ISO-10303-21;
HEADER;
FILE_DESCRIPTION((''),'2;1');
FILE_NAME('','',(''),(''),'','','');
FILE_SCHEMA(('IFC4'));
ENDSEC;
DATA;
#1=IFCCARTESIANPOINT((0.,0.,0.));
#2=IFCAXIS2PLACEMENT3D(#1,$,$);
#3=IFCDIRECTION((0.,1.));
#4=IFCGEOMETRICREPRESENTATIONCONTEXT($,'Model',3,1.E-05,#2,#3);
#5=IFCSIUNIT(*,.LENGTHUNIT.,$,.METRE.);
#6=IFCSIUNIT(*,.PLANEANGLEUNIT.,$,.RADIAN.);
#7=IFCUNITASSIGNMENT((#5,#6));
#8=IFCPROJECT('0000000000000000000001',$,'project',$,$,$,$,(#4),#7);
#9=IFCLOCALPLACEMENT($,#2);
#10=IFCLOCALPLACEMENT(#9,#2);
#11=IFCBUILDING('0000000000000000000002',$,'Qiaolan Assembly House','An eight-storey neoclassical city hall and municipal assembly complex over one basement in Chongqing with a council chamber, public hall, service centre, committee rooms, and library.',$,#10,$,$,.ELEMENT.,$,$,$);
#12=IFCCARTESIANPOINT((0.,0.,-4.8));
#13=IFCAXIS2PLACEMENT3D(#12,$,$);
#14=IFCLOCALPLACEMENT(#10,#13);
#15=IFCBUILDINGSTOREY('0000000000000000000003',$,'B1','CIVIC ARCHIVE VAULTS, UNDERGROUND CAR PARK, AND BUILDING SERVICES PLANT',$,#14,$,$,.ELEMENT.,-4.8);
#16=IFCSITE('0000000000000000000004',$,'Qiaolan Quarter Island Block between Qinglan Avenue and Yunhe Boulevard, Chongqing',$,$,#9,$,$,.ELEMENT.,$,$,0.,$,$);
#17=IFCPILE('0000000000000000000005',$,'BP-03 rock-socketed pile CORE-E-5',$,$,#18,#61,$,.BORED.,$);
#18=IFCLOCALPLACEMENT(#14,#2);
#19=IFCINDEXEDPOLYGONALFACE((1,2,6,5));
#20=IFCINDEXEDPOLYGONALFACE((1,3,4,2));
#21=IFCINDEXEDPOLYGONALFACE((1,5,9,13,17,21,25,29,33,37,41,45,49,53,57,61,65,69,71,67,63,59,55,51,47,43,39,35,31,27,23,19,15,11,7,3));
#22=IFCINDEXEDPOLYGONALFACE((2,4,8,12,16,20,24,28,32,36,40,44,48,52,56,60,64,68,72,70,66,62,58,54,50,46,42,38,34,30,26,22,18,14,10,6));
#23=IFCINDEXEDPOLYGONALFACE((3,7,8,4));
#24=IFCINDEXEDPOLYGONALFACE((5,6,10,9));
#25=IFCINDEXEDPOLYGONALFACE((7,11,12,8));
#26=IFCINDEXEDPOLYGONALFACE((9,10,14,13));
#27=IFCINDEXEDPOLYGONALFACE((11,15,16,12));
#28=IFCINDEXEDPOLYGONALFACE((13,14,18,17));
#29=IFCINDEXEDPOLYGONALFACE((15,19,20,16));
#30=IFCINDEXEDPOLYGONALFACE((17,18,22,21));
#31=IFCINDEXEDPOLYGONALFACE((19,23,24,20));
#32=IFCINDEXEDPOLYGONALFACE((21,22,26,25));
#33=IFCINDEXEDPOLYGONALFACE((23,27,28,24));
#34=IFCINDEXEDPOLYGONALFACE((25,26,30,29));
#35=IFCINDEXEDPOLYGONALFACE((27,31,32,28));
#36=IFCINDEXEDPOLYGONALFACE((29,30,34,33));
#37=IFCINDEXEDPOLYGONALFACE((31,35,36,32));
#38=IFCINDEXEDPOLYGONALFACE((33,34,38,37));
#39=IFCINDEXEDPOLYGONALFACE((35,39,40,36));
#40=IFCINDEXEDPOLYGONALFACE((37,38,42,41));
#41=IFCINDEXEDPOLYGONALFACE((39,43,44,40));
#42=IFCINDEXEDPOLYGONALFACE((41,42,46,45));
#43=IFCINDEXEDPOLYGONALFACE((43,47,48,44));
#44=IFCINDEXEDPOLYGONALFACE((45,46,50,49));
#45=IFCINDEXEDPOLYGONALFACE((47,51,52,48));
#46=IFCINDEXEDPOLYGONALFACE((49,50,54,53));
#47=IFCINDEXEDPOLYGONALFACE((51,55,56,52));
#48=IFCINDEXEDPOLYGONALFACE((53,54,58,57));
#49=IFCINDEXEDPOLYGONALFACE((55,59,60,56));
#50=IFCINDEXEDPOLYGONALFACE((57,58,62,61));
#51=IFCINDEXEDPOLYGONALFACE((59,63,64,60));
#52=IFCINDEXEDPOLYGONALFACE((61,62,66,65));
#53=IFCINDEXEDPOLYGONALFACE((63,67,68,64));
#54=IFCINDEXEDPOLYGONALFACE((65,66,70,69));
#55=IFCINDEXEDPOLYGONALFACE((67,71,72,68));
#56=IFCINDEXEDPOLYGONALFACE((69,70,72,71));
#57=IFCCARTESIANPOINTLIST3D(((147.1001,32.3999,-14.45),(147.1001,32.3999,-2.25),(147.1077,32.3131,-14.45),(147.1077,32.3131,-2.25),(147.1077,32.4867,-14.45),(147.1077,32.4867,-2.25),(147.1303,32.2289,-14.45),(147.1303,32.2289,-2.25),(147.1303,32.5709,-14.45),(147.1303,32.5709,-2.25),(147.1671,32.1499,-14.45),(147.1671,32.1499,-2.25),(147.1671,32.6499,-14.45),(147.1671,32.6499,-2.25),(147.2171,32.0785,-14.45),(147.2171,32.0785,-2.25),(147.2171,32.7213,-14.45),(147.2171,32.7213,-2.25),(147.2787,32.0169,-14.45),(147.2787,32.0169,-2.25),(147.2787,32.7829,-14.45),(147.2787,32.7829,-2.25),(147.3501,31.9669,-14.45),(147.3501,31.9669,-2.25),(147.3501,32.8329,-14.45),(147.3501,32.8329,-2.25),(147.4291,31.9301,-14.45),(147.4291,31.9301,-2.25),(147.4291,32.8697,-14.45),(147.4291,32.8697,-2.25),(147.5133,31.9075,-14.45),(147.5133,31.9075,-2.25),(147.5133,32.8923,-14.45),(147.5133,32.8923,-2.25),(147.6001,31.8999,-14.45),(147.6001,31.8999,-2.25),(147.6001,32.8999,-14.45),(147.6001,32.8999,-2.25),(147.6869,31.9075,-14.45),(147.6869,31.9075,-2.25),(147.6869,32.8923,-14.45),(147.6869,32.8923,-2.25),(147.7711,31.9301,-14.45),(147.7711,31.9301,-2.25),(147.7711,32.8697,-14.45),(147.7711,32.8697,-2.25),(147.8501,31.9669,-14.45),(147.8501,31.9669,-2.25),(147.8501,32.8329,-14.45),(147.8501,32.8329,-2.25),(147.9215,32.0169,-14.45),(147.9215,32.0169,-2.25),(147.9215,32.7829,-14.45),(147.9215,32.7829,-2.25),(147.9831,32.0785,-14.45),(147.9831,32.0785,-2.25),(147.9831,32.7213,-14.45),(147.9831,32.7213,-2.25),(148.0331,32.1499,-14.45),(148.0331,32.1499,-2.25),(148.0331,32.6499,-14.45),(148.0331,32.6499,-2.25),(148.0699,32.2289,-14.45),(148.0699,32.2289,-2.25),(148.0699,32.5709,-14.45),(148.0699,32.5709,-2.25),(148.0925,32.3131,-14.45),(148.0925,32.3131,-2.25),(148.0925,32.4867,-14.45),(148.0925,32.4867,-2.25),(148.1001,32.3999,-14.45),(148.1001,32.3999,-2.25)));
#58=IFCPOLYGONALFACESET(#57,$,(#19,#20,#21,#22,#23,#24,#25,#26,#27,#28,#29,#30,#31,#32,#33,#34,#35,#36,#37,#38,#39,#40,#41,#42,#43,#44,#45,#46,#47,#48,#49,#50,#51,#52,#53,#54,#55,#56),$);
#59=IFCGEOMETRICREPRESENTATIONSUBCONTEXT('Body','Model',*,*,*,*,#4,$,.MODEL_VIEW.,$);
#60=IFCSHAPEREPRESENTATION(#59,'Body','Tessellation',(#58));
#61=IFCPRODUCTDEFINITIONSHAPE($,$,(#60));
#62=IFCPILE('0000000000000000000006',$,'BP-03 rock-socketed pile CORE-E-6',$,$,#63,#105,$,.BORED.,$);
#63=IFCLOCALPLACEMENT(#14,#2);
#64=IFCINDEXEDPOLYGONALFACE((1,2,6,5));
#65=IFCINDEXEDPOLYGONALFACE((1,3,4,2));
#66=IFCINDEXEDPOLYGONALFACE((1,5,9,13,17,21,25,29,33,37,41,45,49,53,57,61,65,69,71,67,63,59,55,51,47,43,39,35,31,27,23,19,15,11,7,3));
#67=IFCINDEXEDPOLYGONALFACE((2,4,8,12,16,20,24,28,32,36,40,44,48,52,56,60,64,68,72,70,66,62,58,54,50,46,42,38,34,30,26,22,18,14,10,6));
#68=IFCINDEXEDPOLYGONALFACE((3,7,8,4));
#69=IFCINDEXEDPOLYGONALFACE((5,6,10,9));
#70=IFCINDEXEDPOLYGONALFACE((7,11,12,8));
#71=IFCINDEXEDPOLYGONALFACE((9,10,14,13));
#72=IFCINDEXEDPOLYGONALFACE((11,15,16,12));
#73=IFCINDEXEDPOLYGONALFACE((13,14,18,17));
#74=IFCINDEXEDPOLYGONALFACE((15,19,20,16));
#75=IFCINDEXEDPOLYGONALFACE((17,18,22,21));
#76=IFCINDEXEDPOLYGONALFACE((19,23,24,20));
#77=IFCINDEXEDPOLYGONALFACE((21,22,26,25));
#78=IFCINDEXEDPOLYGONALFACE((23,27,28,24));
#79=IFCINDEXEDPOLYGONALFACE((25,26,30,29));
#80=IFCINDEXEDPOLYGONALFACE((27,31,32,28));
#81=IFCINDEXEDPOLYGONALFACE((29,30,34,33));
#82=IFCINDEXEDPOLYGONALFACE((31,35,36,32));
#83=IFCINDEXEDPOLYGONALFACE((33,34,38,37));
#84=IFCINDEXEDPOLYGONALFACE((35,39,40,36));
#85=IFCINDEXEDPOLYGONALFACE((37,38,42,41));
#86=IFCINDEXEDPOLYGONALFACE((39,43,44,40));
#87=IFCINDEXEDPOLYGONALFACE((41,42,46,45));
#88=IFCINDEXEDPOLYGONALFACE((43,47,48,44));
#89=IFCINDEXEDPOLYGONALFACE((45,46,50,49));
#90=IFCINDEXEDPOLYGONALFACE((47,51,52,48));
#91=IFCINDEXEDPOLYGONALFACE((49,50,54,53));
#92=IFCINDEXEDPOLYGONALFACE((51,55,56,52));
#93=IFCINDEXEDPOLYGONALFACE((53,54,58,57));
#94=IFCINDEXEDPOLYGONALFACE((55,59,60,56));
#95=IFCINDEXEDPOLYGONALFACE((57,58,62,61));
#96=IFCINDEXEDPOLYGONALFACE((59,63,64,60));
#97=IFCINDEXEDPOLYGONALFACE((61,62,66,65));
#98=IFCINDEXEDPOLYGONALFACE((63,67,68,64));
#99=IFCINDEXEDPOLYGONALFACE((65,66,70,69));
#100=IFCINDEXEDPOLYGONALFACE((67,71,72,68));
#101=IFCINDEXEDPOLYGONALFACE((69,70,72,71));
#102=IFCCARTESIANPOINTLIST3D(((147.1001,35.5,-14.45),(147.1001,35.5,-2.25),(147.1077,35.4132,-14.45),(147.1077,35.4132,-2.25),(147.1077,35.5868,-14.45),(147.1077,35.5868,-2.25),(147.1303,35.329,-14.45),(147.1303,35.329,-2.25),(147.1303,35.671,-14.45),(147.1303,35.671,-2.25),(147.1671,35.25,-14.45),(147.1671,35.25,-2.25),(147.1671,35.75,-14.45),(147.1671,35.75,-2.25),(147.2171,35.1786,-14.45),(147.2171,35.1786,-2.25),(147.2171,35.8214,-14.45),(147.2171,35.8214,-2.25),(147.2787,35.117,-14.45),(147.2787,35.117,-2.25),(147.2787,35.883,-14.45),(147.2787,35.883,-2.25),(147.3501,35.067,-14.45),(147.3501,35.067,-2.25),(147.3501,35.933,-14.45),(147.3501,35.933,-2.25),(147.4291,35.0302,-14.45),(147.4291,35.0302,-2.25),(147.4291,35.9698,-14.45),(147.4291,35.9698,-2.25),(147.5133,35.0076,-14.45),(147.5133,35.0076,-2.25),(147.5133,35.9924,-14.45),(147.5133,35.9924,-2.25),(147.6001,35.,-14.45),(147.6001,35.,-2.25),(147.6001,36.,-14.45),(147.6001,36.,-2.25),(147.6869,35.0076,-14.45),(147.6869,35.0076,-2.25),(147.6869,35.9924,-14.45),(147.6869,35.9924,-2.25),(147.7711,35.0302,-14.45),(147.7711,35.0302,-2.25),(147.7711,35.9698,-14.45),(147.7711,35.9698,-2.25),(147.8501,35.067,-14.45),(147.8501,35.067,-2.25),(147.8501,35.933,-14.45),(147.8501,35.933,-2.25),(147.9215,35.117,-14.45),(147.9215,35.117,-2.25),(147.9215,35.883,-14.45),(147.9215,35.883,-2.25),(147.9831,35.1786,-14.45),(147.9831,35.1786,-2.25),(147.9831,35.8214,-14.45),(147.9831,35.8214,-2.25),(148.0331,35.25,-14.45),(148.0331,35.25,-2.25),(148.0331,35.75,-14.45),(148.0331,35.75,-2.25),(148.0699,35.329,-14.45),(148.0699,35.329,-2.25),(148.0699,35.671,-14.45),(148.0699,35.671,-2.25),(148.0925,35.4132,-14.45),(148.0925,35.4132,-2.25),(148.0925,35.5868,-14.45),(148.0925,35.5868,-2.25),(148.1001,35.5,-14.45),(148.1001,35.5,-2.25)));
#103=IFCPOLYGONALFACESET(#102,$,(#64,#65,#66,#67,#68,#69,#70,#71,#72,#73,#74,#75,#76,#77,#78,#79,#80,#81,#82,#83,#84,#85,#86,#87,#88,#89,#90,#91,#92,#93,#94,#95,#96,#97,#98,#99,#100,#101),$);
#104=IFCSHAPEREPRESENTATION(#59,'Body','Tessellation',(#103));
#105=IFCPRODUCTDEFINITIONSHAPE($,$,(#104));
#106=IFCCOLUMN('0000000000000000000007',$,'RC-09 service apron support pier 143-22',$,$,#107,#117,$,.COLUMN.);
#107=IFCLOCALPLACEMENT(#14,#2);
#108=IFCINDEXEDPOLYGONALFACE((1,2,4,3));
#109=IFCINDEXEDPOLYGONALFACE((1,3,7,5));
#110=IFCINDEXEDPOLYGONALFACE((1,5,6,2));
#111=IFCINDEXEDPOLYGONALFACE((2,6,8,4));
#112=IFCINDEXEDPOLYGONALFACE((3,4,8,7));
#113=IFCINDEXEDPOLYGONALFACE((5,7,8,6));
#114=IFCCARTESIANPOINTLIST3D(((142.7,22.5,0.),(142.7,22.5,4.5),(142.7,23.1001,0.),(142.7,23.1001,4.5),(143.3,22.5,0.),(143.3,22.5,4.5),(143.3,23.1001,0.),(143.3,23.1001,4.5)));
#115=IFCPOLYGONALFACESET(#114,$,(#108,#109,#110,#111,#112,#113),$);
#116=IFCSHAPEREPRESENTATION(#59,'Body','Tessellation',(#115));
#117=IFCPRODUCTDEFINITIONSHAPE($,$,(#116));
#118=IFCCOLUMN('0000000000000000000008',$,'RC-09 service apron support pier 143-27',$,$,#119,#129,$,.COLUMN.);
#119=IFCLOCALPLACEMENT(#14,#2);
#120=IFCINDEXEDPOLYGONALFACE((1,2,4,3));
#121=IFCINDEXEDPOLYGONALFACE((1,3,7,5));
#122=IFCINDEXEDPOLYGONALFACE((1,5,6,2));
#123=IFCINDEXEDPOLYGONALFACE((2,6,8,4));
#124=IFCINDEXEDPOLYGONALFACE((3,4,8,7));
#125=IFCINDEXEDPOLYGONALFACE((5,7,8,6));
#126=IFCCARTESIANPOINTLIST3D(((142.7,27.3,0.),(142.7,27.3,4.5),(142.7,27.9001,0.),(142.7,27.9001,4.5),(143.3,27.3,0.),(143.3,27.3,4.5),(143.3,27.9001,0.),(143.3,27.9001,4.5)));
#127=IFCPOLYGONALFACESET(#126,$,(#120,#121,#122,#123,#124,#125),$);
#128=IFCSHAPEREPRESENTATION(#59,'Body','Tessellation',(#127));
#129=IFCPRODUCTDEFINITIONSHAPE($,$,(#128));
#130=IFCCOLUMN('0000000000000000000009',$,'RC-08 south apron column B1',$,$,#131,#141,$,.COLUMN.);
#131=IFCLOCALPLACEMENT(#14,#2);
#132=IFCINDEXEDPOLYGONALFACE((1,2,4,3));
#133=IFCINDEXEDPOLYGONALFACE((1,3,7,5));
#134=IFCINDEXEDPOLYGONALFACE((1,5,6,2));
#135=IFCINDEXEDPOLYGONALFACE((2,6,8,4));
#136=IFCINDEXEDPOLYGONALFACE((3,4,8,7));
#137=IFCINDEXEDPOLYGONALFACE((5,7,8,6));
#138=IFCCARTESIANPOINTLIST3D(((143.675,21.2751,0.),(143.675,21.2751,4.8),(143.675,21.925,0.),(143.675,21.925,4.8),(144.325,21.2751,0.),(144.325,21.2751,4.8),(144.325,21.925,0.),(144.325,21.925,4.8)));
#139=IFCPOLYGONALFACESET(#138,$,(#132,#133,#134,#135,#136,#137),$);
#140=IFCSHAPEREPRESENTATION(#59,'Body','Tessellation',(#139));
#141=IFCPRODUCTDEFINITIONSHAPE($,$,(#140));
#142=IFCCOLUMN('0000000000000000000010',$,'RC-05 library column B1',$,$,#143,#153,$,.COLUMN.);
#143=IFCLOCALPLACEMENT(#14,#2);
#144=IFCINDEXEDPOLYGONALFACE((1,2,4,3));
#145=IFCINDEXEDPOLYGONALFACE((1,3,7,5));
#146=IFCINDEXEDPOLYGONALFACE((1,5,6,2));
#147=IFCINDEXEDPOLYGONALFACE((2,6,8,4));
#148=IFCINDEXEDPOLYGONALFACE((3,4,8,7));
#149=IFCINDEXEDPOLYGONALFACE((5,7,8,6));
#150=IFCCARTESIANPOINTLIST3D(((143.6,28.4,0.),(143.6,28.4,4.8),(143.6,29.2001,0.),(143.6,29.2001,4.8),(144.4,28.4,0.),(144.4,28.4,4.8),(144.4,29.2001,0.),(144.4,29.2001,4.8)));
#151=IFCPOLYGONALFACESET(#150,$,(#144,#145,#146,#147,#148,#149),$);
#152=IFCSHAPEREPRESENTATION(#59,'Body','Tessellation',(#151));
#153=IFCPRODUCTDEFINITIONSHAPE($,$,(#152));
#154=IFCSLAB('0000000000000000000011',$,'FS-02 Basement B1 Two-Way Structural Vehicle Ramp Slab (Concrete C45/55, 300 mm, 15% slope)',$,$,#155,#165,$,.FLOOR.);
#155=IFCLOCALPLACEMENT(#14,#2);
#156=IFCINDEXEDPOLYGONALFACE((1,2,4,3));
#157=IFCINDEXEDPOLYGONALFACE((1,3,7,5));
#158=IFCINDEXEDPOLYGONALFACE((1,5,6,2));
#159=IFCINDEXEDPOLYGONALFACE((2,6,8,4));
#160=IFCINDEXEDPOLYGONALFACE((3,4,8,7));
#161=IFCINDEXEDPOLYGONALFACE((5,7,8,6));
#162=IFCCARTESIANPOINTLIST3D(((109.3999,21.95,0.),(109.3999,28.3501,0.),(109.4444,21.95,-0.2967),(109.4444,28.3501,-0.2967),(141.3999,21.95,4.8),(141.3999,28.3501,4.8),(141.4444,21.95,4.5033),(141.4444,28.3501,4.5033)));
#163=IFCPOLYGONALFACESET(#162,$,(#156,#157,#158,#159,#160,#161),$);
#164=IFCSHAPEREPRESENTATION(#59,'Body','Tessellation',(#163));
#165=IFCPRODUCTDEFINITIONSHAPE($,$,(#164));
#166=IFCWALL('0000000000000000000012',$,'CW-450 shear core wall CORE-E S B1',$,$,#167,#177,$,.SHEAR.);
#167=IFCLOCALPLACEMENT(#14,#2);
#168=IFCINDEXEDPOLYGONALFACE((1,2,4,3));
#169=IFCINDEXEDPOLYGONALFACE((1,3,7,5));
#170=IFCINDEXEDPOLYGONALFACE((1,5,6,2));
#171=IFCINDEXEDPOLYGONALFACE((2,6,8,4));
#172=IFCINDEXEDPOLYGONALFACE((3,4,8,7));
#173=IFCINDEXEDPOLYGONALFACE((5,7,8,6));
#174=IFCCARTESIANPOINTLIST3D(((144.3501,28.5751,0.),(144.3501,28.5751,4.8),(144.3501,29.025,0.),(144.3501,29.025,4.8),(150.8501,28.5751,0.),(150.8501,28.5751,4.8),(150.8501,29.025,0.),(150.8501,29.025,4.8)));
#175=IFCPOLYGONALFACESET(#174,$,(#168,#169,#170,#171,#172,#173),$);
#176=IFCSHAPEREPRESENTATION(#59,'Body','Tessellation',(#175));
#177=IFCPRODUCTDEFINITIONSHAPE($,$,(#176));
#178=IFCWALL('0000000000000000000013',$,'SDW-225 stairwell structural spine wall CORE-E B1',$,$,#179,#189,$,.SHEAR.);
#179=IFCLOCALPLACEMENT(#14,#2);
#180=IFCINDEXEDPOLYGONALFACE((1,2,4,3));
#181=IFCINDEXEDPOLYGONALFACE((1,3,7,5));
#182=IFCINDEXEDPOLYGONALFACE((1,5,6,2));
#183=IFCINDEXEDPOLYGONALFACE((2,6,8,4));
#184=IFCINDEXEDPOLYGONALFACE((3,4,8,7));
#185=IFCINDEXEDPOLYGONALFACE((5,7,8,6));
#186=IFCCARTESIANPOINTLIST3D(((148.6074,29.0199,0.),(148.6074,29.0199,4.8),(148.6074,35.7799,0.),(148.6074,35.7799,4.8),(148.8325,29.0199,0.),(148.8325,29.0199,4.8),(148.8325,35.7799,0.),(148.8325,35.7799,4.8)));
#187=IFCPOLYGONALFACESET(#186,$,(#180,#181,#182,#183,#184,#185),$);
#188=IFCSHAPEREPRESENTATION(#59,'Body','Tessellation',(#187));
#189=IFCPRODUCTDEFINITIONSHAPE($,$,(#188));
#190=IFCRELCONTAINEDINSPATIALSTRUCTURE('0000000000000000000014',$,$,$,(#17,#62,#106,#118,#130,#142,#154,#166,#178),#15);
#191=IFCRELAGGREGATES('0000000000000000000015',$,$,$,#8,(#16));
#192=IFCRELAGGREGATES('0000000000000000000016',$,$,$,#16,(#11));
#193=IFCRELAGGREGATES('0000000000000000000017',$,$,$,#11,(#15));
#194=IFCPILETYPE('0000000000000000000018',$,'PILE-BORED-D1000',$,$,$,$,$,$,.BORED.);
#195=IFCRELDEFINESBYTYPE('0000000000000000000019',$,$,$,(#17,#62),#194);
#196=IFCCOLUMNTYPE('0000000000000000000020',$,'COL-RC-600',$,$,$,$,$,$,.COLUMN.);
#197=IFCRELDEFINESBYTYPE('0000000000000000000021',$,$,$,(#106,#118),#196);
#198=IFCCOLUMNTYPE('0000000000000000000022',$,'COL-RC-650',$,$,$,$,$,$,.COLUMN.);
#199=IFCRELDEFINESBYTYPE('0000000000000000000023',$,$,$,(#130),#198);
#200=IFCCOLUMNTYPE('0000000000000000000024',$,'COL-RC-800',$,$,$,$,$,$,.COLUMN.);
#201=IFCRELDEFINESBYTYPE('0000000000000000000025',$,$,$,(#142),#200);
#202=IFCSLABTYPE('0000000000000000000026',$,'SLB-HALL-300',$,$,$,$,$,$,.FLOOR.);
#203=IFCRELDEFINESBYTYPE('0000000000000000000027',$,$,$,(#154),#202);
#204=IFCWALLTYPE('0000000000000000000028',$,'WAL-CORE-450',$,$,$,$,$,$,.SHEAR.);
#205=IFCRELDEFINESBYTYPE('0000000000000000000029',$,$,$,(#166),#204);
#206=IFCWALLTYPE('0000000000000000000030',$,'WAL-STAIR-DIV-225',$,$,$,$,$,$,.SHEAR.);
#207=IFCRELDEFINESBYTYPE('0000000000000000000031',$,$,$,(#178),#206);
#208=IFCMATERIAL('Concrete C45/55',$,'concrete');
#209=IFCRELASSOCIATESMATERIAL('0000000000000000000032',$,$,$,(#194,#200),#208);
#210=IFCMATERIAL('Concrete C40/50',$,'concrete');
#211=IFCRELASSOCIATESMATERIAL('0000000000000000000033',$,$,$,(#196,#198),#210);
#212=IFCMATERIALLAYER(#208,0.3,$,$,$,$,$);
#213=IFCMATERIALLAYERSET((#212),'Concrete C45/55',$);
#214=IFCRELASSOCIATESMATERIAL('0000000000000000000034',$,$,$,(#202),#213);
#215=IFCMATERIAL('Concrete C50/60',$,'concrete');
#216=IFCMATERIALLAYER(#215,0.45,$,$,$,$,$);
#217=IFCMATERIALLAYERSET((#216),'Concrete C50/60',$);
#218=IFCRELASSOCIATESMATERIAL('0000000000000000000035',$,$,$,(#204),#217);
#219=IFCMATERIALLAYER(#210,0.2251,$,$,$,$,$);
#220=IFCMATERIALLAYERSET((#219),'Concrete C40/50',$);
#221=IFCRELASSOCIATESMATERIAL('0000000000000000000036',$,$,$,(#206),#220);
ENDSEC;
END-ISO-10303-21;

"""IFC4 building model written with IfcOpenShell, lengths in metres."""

from ifc_helpers import new_model, si_unit, direction, frame, frame_2d, origin, origin_2d, place, context, subcontext, project, spatial, polyline, rectangle, circle, outline, extrude, material, layer, layer_set, material_profile, profile_set, type_object, element, save


model = new_model("IFC4")

# Units and contexts
model_context = context("Model", 3, precision=1e-05, world=origin(), true_north=direction((0.0, 1.0)))
body_context = subcontext(model_context, "Body", "Model", "MODEL_VIEW")
ifc_project = project(units=[si_unit("LENGTHUNIT", "METRE"), si_unit("PLANEANGLEUNIT", "RADIAN")], contexts=[model_context])

# Site, building, storey
site_placement = place(None, origin())
site = spatial("IfcSite", under=ifc_project, at=site_placement, Name="Qiaolan Quarter Island Block between Qinglan Avenue and Yunhe Boulevard, Chongqing", CompositionType="ELEMENT", RefElevation=0.0)
building_placement = place(site_placement, origin())
building = spatial("IfcBuilding", under=site, at=building_placement, Name="Qiaolan Assembly House", Description="An eight-storey neoclassical city hall and municipal assembly complex over one basement in Chongqing with a council chamber, public hall, service centre, committee rooms, and library.", CompositionType="ELEMENT")
storey_placement = place(building_placement, frame((0.0, 0.0, -4.8)))
storey = spatial("IfcBuildingStorey", under=building, at=storey_placement, Name="B1", Description="CIVIC ARCHIVE VAULTS, UNDERGROUND CAR PARK, AND BUILDING SERVICES PLANT", CompositionType="ELEMENT", Elevation=-4.8)

# Shared definitions
ifc_material_1 = material(Name="Concrete C40/50", Category="concrete")

# Piles
ifc_material_2 = material(Name="Concrete C45/55", Category="concrete")
ifc_material_profile_1 = material_profile(ifc_material_2, circle(Radius=0.5, at=origin_2d()), Name="PILE D1000")
ifc_profile_set_1 = profile_set([ifc_material_profile_1], Name="Concrete C45/55")
pile_type = type_object("IfcPileType", Name="PILE-BORED-D1000", PredefinedType="BORED", material=ifc_profile_set_1)
for number, where, z_axis, x_axis, name in (
    (1, (147.6001, 32.3999, -2.25), (0.0, 0.0, -1.0), (1.0, 0.0, 0.0), "BP-03 rock-socketed pile CORE-E-5"),
    (2, (147.6001, 35.5, -2.25), (0.0, 0.0, -1.0), (1.0, 0.0, 0.0), "BP-03 rock-socketed pile CORE-E-6"),
):
    element("IfcPile", number, at=place(storey_placement, frame(where, z_axis=z_axis, x_axis=x_axis)), inside=storey, type_object=pile_type, Name=name, PredefinedType="BORED", context=body_context, shape_type="SweptSolid", body=[
        extrude(circle(Radius=0.5, at=origin_2d()), origin(), (0.0, 0.0, 1.0), 12.2),
    ])

# Columns
ifc_material_profile_2 = material_profile(ifc_material_1, rectangle(XDim=0.6001, YDim=0.6001, at=origin_2d()), Name="RC 600x600")
ifc_profile_set_2 = profile_set([ifc_material_profile_2], Name="Concrete C40/50")
column_type_1 = type_object("IfcColumnType", Name="COL-RC-600", PredefinedType="COLUMN", material=ifc_profile_set_2)
for number, where, z_axis, x_axis, name in (
    (3, (143.0, 22.8, 0.0), (0.0, 0.0, 1.0), (1.0, 0.0, 0.0), "RC-09 service apron support pier 143-22"),
    (4, (143.0, 27.6001, 0.0), (0.0, 0.0, 1.0), (1.0, 0.0, 0.0), "RC-09 service apron support pier 143-27"),
):
    element("IfcColumn", number, at=place(storey_placement, frame(where, z_axis=z_axis, x_axis=x_axis)), inside=storey, type_object=column_type_1, Name=name, PredefinedType="COLUMN", context=body_context, shape_type="SweptSolid", body=[
        extrude(rectangle(XDim=0.6001, YDim=0.6001, at=origin_2d()), origin(), (0.0, 0.0, 1.0), 4.5),
    ])
ifc_material_profile_3 = material_profile(ifc_material_1, rectangle(XDim=0.6499, YDim=0.6499, at=origin_2d()), Name="RC 650x650")
ifc_profile_set_3 = profile_set([ifc_material_profile_3], Name="Concrete C40/50")
column_type_2 = type_object("IfcColumnType", Name="COL-RC-650", PredefinedType="COLUMN", material=ifc_profile_set_3)
column_1_placement = place(storey_placement, frame((144.0, 21.6001, 0.0), z_axis=(0.0, 0.0, 1.0), x_axis=(1.0, 0.0, 0.0)))
element("IfcColumn", 5, at=column_1_placement, inside=storey, type_object=column_type_2, Name="RC-08 south apron column B1", PredefinedType="COLUMN", context=body_context, shape_type="SweptSolid", body=[
    extrude(rectangle(XDim=0.6499, YDim=0.6499, at=origin_2d()), origin(), (0.0, 0.0, 1.0), 4.8),
])
ifc_material_profile_4 = material_profile(ifc_material_2, rectangle(XDim=0.8, YDim=0.8, at=origin_2d()), Name="RC 800x800")
ifc_profile_set_4 = profile_set([ifc_material_profile_4], Name="Concrete C45/55")
column_type_3 = type_object("IfcColumnType", Name="COL-RC-800", PredefinedType="COLUMN", material=ifc_profile_set_4)
column_2_placement = place(storey_placement, frame((144.0, 28.8, 0.0), z_axis=(0.0, 0.0, 1.0), x_axis=(1.0, 0.0, 0.0)))
element("IfcColumn", 6, at=column_2_placement, inside=storey, type_object=column_type_3, Name="RC-05 library column B1", PredefinedType="COLUMN", context=body_context, shape_type="SweptSolid", body=[
    extrude(rectangle(XDim=0.8, YDim=0.8, at=origin_2d()), origin(), (0.0, 0.0, 1.0), 4.8),
])

# Slab
ifc_layer_1 = layer(ifc_material_2, 0.3)
ifc_layer_set_1 = layer_set([ifc_layer_1], Name="Concrete C45/55")
slab_type = type_object("IfcSlabType", Name="SLB-HALL-300", PredefinedType="FLOOR", material=ifc_layer_set_1)
slab_placement = place(storey_placement, frame((141.3999, 21.95, 4.8), z_axis=(-0.148342, 0.0, 0.988936), x_axis=(0.0, 1.0, 0.0)))
element("IfcSlab", 7, at=slab_placement, inside=storey, type_object=slab_type, Name="FS-02 Basement B1 Two-Way Structural Vehicle Ramp Slab (Concrete C45/55, 300 mm, 15% slope)", PredefinedType="FLOOR", context=body_context, shape_type="SweptSolid", body=[
    extrude(outline(polyline([(0.0, 0.0), (6.4001, 0.0), (6.4001, 32.358), (0.0, 32.358), (0.0, 0.0)])), origin(), (0.0, 0.0, -1.0), 0.3),
])

# Walls
ifc_material_3 = material(Name="Concrete C50/60", Category="concrete")
ifc_layer_2 = layer(ifc_material_3, 0.45)
ifc_layer_set_2 = layer_set([ifc_layer_2], Name="Concrete C50/60")
wall_type_1 = type_object("IfcWallType", Name="WAL-CORE-450", PredefinedType="SHEAR", material=ifc_layer_set_2)
wall_1_placement = place(storey_placement, frame((144.3501, 28.8, 0.0), z_axis=(0.0, 0.0, 1.0), x_axis=(1.0, 0.0, 0.0)))
element("IfcWall", 8, at=wall_1_placement, inside=storey, type_object=wall_type_1, Name="CW-450 shear core wall CORE-E S B1", PredefinedType="SHEAR", context=body_context, shape_type="SweptSolid", body=[
    extrude(rectangle(XDim=6.5, YDim=0.45, at=frame_2d((3.25, 0.0))), origin(), (0.0, 0.0, 1.0), 4.8),
])
ifc_layer_3 = layer(ifc_material_1, 0.2251)
ifc_layer_set_3 = layer_set([ifc_layer_3], Name="Concrete C40/50")
wall_type_2 = type_object("IfcWallType", Name="WAL-STAIR-DIV-225", PredefinedType="SHEAR", material=ifc_layer_set_3)
wall_2_placement = place(storey_placement, frame((148.72, 29.02, 0.0), z_axis=(0.0, 0.0, 1.0), x_axis=(0.0, 1.0, 0.0)))
element("IfcWall", 9, at=wall_2_placement, inside=storey, type_object=wall_type_2, Name="SDW-225 stairwell structural spine wall CORE-E B1", PredefinedType="SHEAR", context=body_context, shape_type="SweptSolid", body=[
    extrude(rectangle(XDim=6.76, YDim=0.2251, at=frame_2d((3.3799, 0.0))), origin(), (0.0, 0.0, 1.0), 4.8),
])

save(model, "model.ifc")
